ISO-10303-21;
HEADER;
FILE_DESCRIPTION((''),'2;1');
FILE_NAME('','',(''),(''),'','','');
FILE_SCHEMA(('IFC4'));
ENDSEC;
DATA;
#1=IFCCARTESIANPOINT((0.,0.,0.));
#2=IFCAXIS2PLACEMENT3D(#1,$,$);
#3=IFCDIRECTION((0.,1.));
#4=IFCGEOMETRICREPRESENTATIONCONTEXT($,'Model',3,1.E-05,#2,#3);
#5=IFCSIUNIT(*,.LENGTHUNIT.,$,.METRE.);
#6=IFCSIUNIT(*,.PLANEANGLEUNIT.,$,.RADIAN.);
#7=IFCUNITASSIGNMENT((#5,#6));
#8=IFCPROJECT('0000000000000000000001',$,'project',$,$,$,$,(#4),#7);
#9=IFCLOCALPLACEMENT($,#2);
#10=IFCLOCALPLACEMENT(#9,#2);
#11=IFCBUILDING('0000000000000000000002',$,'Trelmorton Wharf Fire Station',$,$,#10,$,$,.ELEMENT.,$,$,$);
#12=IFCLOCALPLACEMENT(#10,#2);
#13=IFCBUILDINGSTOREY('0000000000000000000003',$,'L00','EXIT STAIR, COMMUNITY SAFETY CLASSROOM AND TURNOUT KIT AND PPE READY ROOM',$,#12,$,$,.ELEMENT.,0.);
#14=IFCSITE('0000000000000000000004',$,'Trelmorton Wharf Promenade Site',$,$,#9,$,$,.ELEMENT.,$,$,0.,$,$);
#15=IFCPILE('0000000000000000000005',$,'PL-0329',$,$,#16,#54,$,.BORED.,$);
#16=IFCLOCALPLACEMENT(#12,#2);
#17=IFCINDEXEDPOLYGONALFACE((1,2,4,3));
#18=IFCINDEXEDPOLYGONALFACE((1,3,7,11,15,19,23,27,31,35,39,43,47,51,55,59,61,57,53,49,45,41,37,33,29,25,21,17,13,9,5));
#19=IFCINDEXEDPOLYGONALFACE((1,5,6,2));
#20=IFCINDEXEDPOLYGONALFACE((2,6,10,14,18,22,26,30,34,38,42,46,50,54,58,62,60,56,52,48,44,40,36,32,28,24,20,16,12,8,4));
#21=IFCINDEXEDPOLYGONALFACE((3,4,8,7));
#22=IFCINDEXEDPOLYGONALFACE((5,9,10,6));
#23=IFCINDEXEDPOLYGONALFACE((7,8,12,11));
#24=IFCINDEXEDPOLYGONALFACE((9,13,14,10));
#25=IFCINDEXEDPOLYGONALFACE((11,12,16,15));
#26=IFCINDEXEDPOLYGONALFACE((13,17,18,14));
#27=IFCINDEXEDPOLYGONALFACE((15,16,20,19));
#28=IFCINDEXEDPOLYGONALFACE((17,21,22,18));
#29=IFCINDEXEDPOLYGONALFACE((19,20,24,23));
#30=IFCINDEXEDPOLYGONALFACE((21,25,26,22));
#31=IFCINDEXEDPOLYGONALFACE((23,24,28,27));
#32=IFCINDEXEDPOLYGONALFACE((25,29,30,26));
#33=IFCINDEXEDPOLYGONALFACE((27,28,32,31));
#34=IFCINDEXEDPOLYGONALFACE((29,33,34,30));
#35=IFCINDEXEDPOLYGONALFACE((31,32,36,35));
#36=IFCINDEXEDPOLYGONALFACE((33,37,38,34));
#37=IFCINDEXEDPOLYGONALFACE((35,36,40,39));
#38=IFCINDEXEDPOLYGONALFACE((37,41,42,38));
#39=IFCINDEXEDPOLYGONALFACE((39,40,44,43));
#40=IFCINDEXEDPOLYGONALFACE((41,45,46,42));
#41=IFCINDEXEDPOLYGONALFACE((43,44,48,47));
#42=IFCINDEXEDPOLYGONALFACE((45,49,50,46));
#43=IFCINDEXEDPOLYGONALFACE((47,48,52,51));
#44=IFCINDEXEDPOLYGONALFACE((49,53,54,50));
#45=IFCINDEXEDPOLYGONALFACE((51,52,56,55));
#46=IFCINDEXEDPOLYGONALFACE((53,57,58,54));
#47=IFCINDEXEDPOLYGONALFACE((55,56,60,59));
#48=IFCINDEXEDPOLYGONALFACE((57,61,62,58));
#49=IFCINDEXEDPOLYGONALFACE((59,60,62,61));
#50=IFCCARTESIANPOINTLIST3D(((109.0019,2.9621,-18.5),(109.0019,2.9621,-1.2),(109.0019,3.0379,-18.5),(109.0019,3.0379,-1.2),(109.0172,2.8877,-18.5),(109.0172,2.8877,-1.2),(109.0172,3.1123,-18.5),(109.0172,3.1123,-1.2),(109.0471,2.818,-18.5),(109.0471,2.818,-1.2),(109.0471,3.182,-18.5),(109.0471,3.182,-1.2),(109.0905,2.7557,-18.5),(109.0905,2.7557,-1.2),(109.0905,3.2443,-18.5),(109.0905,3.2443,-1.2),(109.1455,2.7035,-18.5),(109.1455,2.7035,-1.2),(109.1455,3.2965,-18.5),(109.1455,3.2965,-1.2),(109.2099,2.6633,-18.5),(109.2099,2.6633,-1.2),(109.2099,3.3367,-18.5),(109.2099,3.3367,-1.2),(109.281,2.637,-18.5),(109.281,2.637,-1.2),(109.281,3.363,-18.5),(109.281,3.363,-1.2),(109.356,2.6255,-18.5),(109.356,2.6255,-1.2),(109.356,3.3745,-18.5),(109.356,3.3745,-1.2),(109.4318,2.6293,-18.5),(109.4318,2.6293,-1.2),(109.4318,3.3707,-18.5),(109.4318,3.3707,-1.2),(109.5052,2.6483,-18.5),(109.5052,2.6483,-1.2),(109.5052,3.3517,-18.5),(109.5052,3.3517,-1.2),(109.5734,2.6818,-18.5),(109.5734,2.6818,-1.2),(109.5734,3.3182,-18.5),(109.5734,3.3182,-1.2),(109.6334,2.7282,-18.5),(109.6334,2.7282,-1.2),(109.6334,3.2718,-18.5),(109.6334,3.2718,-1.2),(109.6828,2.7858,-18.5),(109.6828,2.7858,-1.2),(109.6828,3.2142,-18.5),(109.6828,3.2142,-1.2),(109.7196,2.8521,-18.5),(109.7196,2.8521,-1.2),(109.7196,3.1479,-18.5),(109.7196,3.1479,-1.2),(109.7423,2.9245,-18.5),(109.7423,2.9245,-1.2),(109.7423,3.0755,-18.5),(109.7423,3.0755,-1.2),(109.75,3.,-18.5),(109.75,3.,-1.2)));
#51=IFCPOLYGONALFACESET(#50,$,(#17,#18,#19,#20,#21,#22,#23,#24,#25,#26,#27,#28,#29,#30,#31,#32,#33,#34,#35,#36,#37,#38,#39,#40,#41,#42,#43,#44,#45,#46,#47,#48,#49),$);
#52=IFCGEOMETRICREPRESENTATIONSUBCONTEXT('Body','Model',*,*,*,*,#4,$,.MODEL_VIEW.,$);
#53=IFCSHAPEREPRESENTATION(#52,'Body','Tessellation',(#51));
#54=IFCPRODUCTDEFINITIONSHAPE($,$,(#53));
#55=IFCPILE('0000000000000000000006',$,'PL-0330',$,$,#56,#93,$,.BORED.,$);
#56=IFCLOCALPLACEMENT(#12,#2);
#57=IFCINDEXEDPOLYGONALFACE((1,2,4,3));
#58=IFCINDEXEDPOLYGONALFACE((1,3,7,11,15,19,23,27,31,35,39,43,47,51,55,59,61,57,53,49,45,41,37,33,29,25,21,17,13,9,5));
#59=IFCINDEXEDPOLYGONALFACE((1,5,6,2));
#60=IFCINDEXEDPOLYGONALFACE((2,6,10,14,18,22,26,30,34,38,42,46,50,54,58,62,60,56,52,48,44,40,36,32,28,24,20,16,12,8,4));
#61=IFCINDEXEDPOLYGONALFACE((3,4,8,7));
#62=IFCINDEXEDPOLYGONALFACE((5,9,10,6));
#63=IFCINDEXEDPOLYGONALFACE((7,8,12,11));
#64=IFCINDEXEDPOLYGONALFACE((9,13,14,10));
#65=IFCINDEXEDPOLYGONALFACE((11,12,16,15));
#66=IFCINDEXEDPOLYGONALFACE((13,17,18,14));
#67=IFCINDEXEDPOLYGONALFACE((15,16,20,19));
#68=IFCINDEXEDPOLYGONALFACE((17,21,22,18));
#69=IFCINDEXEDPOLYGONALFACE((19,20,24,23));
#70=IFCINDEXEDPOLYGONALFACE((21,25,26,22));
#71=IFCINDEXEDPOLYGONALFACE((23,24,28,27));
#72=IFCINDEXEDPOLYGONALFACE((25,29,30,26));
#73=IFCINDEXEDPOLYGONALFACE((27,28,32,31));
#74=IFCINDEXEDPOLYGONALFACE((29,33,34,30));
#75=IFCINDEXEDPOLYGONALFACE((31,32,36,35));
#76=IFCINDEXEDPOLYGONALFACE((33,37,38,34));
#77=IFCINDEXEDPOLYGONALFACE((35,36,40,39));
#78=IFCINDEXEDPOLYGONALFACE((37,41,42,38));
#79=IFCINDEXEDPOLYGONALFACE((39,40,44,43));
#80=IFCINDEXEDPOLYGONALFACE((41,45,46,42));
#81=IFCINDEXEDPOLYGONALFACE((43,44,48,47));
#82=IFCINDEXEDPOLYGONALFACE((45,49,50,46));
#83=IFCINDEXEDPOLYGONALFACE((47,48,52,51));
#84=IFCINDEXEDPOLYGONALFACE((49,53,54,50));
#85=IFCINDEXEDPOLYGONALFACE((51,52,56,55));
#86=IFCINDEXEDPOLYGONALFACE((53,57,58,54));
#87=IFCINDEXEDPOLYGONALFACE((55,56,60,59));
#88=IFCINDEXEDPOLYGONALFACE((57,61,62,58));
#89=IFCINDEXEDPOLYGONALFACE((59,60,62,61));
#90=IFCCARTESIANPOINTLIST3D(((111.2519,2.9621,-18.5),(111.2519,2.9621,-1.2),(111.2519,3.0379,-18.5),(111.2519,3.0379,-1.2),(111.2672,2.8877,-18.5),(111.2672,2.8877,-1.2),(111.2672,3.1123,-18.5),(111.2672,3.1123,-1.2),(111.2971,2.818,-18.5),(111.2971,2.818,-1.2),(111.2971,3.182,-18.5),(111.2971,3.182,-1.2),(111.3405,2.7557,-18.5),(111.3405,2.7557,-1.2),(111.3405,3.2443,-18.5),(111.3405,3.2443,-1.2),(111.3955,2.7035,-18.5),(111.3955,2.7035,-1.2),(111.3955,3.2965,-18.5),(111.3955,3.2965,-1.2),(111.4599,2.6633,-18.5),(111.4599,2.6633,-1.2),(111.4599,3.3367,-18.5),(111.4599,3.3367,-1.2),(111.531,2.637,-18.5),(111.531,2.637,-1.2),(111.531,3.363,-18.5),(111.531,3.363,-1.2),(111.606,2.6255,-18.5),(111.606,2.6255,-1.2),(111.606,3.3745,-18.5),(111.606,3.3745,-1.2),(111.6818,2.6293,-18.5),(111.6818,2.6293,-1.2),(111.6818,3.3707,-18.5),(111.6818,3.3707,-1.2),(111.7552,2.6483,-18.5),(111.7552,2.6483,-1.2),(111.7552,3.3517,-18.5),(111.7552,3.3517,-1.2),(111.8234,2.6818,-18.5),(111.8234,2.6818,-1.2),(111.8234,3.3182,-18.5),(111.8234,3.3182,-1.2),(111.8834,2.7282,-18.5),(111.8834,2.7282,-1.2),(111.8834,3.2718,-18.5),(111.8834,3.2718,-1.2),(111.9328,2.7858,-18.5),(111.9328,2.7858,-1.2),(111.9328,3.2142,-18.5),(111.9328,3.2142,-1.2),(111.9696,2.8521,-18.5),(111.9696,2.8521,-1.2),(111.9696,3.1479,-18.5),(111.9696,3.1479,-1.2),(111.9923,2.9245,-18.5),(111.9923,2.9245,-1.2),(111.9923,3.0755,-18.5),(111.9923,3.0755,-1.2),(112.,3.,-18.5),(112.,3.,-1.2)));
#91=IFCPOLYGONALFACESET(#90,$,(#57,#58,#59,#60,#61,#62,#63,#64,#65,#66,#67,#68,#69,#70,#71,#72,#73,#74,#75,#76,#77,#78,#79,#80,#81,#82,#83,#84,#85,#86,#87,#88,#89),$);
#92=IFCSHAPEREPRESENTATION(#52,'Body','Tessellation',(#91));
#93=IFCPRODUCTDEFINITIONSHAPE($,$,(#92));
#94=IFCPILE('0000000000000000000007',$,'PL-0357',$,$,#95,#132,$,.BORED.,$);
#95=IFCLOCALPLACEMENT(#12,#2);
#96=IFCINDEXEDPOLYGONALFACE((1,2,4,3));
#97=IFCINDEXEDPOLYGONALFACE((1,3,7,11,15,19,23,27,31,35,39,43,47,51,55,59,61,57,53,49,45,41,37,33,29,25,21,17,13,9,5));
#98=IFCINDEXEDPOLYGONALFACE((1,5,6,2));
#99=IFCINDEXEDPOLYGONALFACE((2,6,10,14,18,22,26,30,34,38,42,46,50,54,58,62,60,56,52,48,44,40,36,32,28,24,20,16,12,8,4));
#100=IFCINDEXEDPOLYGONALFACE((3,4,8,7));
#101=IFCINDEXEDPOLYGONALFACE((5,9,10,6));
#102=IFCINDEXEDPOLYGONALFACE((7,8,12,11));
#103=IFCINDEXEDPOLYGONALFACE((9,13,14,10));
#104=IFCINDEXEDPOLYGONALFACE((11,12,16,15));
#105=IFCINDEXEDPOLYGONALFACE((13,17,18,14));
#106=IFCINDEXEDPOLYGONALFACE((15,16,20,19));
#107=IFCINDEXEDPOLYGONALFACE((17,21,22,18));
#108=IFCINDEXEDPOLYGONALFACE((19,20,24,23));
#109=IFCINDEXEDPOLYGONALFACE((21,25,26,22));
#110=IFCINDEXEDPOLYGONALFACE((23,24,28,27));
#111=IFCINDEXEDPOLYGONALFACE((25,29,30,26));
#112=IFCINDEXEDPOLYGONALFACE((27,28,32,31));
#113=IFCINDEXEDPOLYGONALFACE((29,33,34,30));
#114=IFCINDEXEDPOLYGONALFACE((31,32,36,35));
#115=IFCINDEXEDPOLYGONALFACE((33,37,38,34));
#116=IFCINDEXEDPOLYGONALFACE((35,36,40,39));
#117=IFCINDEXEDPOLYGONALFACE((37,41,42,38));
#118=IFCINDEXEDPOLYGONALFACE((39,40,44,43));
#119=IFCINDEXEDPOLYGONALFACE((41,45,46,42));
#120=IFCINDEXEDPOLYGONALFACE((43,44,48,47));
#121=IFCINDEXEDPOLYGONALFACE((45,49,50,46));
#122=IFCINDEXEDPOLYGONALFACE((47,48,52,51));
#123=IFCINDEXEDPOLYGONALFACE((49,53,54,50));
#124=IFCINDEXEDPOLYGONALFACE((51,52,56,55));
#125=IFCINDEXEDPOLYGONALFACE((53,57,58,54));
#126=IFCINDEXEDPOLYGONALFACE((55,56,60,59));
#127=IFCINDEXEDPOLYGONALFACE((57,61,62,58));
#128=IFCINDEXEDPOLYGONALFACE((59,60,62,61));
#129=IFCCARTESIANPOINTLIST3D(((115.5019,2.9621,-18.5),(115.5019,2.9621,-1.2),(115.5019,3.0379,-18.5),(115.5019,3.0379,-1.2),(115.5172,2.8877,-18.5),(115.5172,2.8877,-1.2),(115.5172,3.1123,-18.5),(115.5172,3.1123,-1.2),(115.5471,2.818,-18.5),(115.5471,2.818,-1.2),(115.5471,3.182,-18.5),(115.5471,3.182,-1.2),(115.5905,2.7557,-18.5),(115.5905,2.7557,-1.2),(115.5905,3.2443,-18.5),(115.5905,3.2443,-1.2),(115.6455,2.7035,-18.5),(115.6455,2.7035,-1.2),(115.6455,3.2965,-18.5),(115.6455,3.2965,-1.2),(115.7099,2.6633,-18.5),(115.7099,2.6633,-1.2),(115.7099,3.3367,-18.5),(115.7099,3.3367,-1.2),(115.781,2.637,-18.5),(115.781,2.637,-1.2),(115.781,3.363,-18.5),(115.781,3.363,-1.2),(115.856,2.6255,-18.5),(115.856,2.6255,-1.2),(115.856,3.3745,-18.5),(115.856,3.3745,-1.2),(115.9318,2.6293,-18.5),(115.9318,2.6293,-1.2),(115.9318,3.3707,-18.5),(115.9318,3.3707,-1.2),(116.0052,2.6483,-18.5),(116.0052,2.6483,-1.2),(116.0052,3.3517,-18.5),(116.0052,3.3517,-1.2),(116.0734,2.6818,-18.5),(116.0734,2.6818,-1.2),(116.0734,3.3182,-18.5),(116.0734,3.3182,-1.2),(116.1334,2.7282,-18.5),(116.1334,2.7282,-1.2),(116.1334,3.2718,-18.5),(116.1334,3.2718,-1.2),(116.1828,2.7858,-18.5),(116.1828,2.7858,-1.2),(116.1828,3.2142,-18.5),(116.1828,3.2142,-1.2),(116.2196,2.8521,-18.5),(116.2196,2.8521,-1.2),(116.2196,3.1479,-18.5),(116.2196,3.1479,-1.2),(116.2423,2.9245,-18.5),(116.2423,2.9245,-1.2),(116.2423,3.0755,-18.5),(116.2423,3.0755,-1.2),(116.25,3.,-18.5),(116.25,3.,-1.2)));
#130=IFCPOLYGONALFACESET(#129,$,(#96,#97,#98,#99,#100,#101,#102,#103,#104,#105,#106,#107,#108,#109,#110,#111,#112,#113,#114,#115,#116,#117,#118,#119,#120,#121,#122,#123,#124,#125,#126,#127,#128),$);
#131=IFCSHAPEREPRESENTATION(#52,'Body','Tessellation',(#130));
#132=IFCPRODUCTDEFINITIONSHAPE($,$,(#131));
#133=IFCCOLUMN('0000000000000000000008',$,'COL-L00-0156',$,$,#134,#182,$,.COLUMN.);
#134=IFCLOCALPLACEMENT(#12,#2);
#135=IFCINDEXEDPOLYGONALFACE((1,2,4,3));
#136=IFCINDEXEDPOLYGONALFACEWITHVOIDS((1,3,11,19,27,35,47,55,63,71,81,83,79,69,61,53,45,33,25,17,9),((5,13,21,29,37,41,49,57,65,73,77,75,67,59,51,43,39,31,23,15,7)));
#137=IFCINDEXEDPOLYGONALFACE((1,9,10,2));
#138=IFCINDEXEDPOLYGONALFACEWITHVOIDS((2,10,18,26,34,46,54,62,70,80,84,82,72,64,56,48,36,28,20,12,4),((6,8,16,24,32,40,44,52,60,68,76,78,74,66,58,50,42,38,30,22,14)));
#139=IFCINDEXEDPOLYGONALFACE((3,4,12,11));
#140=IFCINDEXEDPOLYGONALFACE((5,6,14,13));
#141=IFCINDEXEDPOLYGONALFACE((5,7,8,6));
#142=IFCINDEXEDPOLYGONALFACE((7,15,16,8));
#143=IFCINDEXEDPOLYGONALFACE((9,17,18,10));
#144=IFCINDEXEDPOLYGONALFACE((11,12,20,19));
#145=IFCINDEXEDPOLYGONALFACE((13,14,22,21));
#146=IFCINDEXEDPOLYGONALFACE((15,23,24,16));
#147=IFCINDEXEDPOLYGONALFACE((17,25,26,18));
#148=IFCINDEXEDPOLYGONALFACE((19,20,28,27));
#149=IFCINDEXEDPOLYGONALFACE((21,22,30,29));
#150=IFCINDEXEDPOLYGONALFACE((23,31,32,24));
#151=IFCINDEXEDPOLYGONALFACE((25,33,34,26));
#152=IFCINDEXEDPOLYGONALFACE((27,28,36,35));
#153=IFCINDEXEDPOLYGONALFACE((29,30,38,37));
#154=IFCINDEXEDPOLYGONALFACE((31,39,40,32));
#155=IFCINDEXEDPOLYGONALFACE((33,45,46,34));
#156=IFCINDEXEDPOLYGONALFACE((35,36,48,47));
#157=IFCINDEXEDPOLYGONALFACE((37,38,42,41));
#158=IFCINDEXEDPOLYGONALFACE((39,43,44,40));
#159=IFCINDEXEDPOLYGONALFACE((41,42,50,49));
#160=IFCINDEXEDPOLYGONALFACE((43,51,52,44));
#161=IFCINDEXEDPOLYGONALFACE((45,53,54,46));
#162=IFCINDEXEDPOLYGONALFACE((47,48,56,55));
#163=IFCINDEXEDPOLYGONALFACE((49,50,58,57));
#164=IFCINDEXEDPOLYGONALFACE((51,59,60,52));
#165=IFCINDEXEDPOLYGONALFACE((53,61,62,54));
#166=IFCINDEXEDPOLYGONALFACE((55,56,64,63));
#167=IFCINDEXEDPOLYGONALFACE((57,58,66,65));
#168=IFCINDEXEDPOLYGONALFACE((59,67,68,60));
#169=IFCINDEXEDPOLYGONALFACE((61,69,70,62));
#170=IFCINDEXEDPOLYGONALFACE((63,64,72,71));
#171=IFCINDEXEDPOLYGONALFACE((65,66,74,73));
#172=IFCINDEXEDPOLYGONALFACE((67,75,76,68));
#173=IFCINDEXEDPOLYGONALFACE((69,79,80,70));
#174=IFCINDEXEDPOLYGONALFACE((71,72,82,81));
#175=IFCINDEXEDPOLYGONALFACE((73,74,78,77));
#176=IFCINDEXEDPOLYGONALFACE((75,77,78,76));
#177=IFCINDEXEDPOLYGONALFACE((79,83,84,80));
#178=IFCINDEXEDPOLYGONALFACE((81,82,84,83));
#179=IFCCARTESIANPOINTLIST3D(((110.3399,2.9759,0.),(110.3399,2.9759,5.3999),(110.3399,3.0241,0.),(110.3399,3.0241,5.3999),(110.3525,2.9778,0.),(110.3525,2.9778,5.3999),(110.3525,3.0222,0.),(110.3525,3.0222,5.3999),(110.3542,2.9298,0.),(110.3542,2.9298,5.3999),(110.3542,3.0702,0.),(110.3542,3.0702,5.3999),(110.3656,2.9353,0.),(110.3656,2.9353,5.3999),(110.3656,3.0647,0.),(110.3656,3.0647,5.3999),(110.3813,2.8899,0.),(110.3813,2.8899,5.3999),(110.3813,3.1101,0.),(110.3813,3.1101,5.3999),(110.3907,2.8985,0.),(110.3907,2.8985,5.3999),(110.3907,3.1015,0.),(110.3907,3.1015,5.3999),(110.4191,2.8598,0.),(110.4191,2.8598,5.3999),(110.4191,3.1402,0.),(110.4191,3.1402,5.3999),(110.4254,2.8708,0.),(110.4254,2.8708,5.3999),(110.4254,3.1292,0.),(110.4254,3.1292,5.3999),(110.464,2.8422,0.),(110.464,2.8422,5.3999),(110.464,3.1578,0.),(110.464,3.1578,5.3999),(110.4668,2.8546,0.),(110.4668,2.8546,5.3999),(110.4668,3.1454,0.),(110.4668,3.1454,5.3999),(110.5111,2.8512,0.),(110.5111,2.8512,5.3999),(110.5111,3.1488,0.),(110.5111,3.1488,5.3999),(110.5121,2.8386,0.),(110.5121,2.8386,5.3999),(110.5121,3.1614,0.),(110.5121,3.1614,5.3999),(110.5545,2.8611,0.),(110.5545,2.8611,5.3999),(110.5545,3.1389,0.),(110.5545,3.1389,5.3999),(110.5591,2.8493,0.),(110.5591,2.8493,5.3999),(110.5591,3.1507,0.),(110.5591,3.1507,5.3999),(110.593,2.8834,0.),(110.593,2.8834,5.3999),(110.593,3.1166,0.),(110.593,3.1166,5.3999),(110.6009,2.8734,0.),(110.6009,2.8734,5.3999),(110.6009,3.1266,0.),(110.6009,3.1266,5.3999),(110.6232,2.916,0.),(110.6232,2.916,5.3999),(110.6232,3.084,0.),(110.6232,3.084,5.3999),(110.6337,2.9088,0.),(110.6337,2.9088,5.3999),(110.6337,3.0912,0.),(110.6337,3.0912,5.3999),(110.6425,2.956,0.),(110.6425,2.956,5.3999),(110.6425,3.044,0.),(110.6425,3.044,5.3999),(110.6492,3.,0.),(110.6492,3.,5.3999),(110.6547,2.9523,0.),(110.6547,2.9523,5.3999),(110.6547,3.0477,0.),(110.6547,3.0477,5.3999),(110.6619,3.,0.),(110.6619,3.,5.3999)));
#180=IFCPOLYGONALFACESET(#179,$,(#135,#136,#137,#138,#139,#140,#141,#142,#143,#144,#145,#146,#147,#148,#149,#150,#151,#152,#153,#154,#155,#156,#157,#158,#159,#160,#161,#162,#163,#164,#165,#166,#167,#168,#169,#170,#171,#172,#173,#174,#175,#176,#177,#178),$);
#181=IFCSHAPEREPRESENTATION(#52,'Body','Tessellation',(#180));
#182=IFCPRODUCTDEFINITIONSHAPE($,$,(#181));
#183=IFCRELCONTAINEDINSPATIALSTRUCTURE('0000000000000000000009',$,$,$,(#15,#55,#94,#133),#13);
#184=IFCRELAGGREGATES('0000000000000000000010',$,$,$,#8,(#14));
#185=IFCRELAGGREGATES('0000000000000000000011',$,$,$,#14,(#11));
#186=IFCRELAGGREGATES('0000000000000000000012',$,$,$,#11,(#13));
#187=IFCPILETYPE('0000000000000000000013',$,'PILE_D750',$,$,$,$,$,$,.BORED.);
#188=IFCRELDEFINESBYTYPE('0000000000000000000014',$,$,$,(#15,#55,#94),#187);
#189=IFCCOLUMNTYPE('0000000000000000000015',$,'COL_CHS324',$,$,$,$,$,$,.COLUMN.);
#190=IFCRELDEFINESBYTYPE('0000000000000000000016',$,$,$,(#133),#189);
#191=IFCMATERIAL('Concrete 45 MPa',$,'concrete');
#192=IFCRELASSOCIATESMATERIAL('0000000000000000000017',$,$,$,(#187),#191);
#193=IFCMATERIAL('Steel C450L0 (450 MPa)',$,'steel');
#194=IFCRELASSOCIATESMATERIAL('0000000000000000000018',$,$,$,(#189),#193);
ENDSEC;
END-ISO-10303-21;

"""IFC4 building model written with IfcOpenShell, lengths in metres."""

from ifc_helpers import new_model, si_unit, direction, frame, origin, origin_2d, place, context, subcontext, project, spatial, circle, hollow_circle, extrude, material, material_profile, profile_set, type_object, element, save


model = new_model("IFC4")

# Units and contexts
model_context = context("Model", 3, precision=1e-05, world=origin(), true_north=direction((0.0, 1.0)))
body_context = subcontext(model_context, "Body", "Model", "MODEL_VIEW")
ifc_project = project(units=[si_unit("LENGTHUNIT", "METRE"), si_unit("PLANEANGLEUNIT", "RADIAN")], contexts=[model_context])

# Site, building, storey
site_placement = place(None, origin())
site = spatial("IfcSite", under=ifc_project, at=site_placement, Name="Trelmorton Wharf Promenade Site", CompositionType="ELEMENT", RefElevation=0.0)
building_placement = place(site_placement, origin())
building = spatial("IfcBuilding", under=site, at=building_placement, Name="Trelmorton Wharf Fire Station", CompositionType="ELEMENT")
storey_placement = place(building_placement, origin())
storey = spatial("IfcBuildingStorey", under=building, at=storey_placement, Name="L00", Description="EXIT STAIR, COMMUNITY SAFETY CLASSROOM AND TURNOUT KIT AND PPE READY ROOM", CompositionType="ELEMENT", Elevation=0.0)

# Piles
ifc_material_1 = material(Name="Concrete 45 MPa", Category="concrete")
ifc_material_profile_1 = material_profile(ifc_material_1, circle(Radius=0.375, at=origin_2d()), Name="PILE-D750")
ifc_profile_set_1 = profile_set([ifc_material_profile_1], Name="Concrete 45 MPa")
pile_type_1 = type_object("IfcPileType", Name="PILE_D750", PredefinedType="BORED", material=ifc_profile_set_1)
for number, where, z_axis, x_axis, name in (
    (1, (109.375, 3.0, -1.2), (0.0, 0.0, -1.0), (1.0, 0.0, 0.0), "PL-0329"),
    (2, (111.625, 3.0, -1.2), (0.0, 0.0, -1.0), (1.0, 0.0, 0.0), "PL-0330"),
    (3, (115.875, 3.0, -1.2), (0.0, 0.0, -1.0), (1.0, 0.0, 0.0), "PL-0357"),
):
    element("IfcPile", number, at=place(storey_placement, frame(where, z_axis=z_axis, x_axis=x_axis)), inside=storey, type_object=pile_type_1, Name=name, PredefinedType="BORED", context=body_context, shape_type="SweptSolid", body=[
        extrude(circle(Radius=0.375, at=origin_2d()), origin(), (0.0, 0.0, 1.0), 17.3),
    ])

# Column
ifc_material_2 = material(Name="Steel C450L0 (450 MPa)", Category="steel")
ifc_material_profile_2 = material_profile(ifc_material_2, hollow_circle(Radius=0.1619, WallThickness=0.0127, at=origin_2d()), Name="323.9x12.7CHS")
ifc_profile_set_2 = profile_set([ifc_material_profile_2], Name="Steel C450L0 (450 MPa)")
column_type = type_object("IfcColumnType", Name="COL_CHS324", PredefinedType="COLUMN", material=ifc_profile_set_2)
for number, where, z_axis, x_axis, name in (
    (4, (110.5, 3.0, 0.0), (0.0, 0.0, 1.0), (1.0, 0.0, 0.0), "COL-L00-0156"),
):
    element("IfcColumn", number, at=place(storey_placement, frame(where, z_axis=z_axis, x_axis=x_axis)), inside=storey, type_object=column_type, Name=name, PredefinedType="COLUMN", context=body_context, shape_type="SweptSolid", body=[
        extrude(hollow_circle(Radius=0.1619, WallThickness=0.0127, at=origin_2d()), origin(), (0.0, 0.0, 1.0), 5.3999),
    ])

save(model, "model.ifc")
